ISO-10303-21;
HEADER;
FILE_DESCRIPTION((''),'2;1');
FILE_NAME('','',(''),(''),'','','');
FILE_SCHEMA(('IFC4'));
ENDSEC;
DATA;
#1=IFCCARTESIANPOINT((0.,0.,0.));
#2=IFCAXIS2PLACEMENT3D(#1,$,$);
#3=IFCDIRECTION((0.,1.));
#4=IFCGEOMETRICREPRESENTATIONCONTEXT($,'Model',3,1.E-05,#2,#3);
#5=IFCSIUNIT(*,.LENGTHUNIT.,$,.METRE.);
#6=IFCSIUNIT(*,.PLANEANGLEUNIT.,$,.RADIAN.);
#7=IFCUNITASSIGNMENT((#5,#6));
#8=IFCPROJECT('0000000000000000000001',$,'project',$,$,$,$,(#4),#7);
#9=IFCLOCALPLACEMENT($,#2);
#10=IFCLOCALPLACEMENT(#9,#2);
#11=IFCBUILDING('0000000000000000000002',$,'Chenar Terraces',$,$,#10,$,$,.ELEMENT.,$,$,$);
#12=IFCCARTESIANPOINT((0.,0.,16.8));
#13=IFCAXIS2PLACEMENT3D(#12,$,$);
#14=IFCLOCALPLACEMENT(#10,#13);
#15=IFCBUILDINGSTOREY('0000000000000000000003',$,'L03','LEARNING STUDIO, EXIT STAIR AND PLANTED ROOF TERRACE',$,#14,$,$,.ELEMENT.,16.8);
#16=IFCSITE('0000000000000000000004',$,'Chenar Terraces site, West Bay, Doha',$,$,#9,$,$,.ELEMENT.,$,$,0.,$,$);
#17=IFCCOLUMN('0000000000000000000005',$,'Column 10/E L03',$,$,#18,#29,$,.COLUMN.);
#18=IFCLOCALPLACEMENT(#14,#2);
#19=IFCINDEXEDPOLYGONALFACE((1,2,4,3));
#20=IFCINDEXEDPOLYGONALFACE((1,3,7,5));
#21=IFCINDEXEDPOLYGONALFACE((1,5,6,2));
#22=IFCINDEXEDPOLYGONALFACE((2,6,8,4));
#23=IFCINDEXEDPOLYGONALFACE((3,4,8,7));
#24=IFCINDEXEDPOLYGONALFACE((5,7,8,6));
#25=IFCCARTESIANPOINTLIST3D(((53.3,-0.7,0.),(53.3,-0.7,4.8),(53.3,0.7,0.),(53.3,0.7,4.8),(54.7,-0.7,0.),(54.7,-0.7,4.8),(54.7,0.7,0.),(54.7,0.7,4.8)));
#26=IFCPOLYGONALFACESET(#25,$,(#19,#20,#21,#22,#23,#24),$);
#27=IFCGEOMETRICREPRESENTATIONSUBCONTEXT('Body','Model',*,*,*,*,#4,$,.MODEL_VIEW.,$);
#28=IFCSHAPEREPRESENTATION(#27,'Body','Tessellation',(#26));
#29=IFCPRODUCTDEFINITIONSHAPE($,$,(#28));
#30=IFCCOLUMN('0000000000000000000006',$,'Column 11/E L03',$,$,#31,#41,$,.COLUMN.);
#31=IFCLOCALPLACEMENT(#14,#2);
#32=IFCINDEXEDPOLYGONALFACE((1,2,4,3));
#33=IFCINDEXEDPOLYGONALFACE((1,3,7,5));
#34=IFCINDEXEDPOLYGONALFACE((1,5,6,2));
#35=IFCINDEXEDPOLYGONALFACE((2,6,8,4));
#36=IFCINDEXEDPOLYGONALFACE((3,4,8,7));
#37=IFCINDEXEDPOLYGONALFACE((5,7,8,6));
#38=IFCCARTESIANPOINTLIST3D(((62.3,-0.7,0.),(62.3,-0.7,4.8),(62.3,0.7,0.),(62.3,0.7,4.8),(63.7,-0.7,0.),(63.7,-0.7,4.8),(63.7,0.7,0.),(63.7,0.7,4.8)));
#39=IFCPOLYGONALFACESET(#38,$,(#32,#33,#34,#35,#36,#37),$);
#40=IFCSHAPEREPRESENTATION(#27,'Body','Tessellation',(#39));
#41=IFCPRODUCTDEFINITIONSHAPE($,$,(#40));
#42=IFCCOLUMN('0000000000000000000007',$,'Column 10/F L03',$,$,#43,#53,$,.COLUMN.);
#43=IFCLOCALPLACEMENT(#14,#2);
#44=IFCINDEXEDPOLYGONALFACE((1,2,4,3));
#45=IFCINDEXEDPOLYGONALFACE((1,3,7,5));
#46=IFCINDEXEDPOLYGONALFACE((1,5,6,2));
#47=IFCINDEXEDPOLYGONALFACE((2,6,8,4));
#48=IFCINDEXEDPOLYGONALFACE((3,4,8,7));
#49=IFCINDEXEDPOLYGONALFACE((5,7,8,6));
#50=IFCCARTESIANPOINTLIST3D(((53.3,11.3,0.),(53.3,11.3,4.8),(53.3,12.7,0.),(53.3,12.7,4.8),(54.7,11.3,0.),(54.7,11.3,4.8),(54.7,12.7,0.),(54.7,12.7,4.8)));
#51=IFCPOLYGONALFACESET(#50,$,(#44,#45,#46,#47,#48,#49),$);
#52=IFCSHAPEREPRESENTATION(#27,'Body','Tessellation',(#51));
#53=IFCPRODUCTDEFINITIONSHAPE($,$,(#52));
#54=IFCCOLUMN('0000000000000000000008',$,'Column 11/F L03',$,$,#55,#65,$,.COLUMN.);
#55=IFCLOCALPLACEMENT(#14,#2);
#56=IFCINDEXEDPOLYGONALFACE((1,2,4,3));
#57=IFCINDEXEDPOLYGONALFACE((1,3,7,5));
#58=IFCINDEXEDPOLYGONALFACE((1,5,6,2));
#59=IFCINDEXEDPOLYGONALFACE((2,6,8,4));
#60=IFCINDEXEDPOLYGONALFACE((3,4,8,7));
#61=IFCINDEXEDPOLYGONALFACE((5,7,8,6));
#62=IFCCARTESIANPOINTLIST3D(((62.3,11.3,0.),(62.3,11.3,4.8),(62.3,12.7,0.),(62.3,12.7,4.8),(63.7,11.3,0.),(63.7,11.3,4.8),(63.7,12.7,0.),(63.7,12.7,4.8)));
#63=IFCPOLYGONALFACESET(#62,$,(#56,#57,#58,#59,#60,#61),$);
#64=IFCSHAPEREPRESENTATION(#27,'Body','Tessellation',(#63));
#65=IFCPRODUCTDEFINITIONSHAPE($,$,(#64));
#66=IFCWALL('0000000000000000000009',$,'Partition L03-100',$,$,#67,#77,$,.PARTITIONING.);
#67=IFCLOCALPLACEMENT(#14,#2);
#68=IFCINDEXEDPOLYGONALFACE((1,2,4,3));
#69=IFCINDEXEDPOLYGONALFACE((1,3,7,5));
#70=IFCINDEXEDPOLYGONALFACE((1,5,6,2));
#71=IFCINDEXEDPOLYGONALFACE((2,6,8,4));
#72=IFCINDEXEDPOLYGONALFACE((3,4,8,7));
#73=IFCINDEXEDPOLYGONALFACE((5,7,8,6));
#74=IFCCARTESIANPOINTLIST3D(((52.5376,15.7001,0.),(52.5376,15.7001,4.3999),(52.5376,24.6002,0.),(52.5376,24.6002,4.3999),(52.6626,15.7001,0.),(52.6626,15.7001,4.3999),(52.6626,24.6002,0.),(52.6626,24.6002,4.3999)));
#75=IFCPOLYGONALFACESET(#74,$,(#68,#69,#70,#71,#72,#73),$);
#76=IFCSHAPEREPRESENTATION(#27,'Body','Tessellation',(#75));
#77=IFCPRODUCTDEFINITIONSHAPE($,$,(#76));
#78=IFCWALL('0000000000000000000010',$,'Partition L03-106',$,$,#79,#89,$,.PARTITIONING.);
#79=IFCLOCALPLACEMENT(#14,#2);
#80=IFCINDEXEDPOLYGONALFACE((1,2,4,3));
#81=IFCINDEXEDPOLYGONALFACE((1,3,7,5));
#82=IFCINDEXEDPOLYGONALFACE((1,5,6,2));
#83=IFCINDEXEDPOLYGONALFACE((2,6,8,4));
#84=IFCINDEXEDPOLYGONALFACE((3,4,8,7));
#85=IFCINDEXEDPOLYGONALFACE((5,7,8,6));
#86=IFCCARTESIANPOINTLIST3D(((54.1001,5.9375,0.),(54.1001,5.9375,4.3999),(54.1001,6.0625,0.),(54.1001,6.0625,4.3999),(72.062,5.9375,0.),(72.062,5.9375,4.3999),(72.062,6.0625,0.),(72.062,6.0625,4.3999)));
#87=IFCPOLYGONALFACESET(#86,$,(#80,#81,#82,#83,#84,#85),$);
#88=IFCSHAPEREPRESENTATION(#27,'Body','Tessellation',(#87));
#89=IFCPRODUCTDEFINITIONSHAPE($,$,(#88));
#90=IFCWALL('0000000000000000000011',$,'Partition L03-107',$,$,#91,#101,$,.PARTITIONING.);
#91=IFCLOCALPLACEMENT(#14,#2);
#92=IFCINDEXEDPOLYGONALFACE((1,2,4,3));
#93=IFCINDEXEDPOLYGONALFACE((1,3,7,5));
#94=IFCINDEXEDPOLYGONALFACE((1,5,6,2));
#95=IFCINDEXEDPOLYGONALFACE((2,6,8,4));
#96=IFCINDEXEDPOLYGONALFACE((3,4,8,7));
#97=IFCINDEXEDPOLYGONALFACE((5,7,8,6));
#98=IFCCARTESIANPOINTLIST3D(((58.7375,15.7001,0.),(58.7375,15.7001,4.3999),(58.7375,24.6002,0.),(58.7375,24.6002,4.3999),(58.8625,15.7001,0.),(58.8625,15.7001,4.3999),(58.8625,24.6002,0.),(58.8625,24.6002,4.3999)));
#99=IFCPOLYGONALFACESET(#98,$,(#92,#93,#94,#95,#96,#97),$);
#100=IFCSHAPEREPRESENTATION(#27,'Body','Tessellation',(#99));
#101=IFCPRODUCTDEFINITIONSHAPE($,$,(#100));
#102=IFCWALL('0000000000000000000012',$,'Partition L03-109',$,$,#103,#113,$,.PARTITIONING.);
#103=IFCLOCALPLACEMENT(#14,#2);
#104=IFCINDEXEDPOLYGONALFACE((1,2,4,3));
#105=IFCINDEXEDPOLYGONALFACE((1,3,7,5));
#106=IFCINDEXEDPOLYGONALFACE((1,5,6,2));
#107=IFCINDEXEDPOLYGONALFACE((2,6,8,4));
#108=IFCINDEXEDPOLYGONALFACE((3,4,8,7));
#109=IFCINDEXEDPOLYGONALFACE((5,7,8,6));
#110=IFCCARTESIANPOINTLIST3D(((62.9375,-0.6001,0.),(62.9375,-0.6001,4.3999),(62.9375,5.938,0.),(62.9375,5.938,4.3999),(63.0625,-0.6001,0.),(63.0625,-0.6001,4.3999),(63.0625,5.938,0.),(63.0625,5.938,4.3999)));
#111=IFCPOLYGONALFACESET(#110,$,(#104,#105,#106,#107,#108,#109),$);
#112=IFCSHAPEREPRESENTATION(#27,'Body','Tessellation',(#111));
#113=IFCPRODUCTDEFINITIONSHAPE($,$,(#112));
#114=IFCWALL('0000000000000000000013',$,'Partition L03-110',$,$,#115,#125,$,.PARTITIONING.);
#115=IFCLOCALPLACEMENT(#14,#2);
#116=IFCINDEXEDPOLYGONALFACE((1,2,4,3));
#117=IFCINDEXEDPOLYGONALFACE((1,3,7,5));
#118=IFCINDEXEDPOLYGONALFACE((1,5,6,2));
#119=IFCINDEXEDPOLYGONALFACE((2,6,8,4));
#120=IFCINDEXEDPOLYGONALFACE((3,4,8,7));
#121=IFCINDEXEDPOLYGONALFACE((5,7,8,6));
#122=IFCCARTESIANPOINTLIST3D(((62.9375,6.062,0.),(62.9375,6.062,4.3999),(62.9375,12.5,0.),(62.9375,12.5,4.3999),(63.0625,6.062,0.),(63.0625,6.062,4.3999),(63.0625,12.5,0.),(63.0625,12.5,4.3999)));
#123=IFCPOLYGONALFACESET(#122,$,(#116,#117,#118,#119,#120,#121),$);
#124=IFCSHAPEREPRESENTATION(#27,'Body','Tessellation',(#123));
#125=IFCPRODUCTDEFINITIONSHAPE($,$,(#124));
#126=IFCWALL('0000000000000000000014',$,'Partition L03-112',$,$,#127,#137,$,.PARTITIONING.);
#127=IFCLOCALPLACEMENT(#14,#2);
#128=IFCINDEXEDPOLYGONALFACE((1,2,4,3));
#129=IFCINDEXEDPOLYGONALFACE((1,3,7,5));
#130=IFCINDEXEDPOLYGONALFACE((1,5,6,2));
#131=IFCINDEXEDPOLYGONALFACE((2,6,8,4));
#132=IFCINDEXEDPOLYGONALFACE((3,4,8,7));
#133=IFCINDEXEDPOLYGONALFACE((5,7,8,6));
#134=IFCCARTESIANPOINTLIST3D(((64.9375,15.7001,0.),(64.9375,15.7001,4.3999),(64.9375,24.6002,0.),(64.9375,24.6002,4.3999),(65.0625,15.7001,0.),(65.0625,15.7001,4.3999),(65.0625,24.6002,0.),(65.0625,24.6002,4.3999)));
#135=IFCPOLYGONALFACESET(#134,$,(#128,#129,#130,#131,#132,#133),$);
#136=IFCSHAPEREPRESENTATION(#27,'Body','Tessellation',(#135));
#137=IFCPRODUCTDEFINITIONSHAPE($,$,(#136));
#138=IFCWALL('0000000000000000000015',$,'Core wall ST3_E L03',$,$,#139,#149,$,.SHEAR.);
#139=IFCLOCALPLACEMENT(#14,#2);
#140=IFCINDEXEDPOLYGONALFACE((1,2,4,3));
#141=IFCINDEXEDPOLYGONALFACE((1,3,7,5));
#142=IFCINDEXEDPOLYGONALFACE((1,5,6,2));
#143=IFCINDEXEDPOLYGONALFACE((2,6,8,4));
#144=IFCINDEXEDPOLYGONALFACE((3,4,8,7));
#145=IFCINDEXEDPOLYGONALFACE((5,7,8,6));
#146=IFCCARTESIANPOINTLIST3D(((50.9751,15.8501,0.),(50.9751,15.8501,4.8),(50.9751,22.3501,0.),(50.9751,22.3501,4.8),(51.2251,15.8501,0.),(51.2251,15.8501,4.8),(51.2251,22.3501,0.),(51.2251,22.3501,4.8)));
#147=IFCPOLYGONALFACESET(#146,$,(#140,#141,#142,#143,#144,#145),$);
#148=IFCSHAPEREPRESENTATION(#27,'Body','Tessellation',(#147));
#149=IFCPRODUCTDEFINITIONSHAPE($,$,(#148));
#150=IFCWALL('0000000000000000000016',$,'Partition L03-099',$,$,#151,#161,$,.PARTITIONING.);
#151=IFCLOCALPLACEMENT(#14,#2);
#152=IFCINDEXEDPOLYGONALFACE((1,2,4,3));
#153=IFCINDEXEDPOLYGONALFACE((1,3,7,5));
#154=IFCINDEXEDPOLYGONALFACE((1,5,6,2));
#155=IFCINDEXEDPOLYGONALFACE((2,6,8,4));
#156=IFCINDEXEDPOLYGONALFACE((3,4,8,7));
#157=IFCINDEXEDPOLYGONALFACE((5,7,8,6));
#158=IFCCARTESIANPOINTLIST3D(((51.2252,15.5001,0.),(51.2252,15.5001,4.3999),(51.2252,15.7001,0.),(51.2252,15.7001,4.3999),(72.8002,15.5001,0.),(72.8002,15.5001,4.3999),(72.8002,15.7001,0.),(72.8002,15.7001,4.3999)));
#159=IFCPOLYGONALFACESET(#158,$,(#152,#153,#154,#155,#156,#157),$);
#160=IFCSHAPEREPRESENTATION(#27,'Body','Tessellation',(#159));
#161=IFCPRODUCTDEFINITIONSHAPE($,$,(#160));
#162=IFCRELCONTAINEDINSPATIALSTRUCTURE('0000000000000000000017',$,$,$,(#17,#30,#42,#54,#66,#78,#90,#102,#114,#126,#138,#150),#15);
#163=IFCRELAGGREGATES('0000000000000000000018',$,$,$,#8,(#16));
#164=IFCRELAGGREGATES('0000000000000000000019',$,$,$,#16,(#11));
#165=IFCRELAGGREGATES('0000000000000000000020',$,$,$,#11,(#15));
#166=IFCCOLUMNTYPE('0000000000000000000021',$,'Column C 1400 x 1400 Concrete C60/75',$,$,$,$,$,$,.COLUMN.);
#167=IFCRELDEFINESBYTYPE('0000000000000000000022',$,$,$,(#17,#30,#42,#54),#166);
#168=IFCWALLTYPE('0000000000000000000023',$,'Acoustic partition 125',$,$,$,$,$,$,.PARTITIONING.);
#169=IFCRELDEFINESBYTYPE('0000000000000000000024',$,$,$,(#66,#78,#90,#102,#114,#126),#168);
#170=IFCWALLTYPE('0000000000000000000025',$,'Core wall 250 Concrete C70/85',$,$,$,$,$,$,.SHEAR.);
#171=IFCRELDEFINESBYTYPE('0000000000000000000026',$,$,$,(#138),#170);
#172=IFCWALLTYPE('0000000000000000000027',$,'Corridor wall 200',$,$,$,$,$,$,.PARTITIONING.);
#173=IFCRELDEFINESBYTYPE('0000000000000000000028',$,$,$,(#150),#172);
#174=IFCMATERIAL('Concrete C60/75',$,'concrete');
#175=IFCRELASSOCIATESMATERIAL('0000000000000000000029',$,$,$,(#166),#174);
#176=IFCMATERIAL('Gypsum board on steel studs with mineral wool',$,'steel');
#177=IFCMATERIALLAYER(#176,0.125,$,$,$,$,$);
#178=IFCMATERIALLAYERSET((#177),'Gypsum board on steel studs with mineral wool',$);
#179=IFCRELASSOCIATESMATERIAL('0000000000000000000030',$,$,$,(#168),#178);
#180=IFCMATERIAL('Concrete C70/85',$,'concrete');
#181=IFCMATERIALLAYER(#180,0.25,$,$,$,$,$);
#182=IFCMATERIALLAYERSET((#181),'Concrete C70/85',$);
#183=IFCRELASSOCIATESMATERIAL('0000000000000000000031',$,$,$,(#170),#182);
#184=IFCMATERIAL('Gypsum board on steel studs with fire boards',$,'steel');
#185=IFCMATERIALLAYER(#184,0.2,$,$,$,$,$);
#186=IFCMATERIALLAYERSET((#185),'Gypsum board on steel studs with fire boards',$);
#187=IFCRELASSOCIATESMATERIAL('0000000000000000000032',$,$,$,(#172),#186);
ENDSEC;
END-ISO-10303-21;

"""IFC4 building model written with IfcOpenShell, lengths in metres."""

from ifc_helpers import new_model, si_unit, direction, frame, frame_2d, origin, origin_2d, place, context, subcontext, project, spatial, rectangle, extrude, material, layer, layer_set, material_profile, profile_set, type_object, element, save


model = new_model("IFC4")

# Units and contexts
model_context = context("Model", 3, precision=1e-05, world=origin(), true_north=direction((0.0, 1.0)))
body_context = subcontext(model_context, "Body", "Model", "MODEL_VIEW")
ifc_project = project(units=[si_unit("LENGTHUNIT", "METRE"), si_unit("PLANEANGLEUNIT", "RADIAN")], contexts=[model_context])

# Site, building, storey
site_placement = place(None, origin())
site = spatial("IfcSite", under=ifc_project, at=site_placement, Name="Chenar Terraces site, West Bay, Doha", CompositionType="ELEMENT", RefElevation=0.0)
building_placement = place(site_placement, origin())
building = spatial("IfcBuilding", under=site, at=building_placement, Name="Chenar Terraces", CompositionType="ELEMENT")
storey_placement = place(building_placement, frame((0.0, 0.0, 16.8)))
storey = spatial("IfcBuildingStorey", under=building, at=storey_placement, Name="L03", Description="LEARNING STUDIO, EXIT STAIR AND PLANTED ROOF TERRACE", CompositionType="ELEMENT", Elevation=16.8)

# Columns
ifc_material_1 = material(Name="Concrete C60/75", Category="concrete")
ifc_material_profile = material_profile(ifc_material_1, rectangle(XDim=1.3999, YDim=1.3999, at=origin_2d()), Name="C 1400 x 1400")
ifc_profile_set = profile_set([ifc_material_profile], Name="Concrete C60/75")
column_type = type_object("IfcColumnType", Name="Column C 1400 x 1400 Concrete C60/75", PredefinedType="COLUMN", material=ifc_profile_set)
for number, where, z_axis, x_axis, name in (
    (1, (54.0, 0.0, 0.0), (0.0, 0.0, 1.0), (1.0, 0.0, 0.0), "Column 10/E L03"),
    (2, (63.0, 0.0, 0.0), (0.0, 0.0, 1.0), (1.0, 0.0, 0.0), "Column 11/E L03"),
    (3, (54.0, 12.0, 0.0), (0.0, 0.0, 1.0), (1.0, 0.0, 0.0), "Column 10/F L03"),
    (4, (63.0, 12.0, 0.0), (0.0, 0.0, 1.0), (1.0, 0.0, 0.0), "Column 11/F L03"),
):
    element("IfcColumn", number, at=place(storey_placement, frame(where, z_axis=z_axis, x_axis=x_axis)), inside=storey, type_object=column_type, Name=name, PredefinedType="COLUMN", context=body_context, shape_type="SweptSolid", body=[
        extrude(rectangle(XDim=1.3999, YDim=1.3999, at=origin_2d()), origin(), (0.0, 0.0, 1.0), 4.8),
    ])

# Walls
ifc_material_2 = material(Name="Gypsum board on steel studs with mineral wool", Category="steel")
ifc_layer_1 = layer(ifc_material_2, 0.125)
ifc_layer_set_1 = layer_set([ifc_layer_1], Name="Gypsum board on steel studs with mineral wool")
wall_type_1 = type_object("IfcWallType", Name="Acoustic partition 125", PredefinedType="PARTITIONING", material=ifc_layer_set_1)
wall_1_placement = place(storey_placement, frame((52.6001, 15.7, 0.0), z_axis=(0.0, 0.0, 1.0), x_axis=(0.0, 1.0, 0.0)))
element("IfcWall", 5, at=wall_1_placement, inside=storey, type_object=wall_type_1, Name="Partition L03-100", PredefinedType="PARTITIONING", context=body_context, shape_type="SweptSolid", body=[
    extrude(rectangle(XDim=8.9001, YDim=0.125, at=frame_2d((4.4502, 0.0))), origin(), (0.0, 0.0, 1.0), 4.3999),
])
wall_2_placement = place(storey_placement, frame((54.1001, 6.0, 0.0), z_axis=(0.0, 0.0, 1.0), x_axis=(1.0, 0.0, 0.0)))
element("IfcWall", 6, at=wall_2_placement, inside=storey, type_object=wall_type_1, Name="Partition L03-106", PredefinedType="PARTITIONING", context=body_context, shape_type="SweptSolid", body=[
    extrude(rectangle(XDim=17.9619, YDim=0.125, at=frame_2d((8.981, 0.0))), origin(), (0.0, 0.0, 1.0), 4.3999),
])
wall_3_placement = place(storey_placement, frame((58.8, 15.7, 0.0), z_axis=(0.0, 0.0, 1.0), x_axis=(0.0, 1.0, 0.0)))
element("IfcWall", 7, at=wall_3_placement, inside=storey, type_object=wall_type_1, Name="Partition L03-107", PredefinedType="PARTITIONING", context=body_context, shape_type="SweptSolid", body=[
    extrude(rectangle(XDim=8.9001, YDim=0.125, at=frame_2d((4.4502, 0.0))), origin(), (0.0, 0.0, 1.0), 4.3999),
])
wall_4_placement = place(storey_placement, frame((63.0, -0.6001, 0.0), z_axis=(0.0, 0.0, 1.0), x_axis=(0.0, 1.0, 0.0)))
element("IfcWall", 8, at=wall_4_placement, inside=storey, type_object=wall_type_1, Name="Partition L03-109", PredefinedType="PARTITIONING", context=body_context, shape_type="SweptSolid", body=[
    extrude(rectangle(XDim=6.5381, YDim=0.125, at=frame_2d((3.269, 0.0))), origin(), (0.0, 0.0, 1.0), 4.3999),
])
wall_5_placement = place(storey_placement, frame((63.0, 6.062, 0.0), z_axis=(0.0, 0.0, 1.0), x_axis=(0.0, 1.0, 0.0)))
element("IfcWall", 9, at=wall_5_placement, inside=storey, type_object=wall_type_1, Name="Partition L03-110", PredefinedType="PARTITIONING", context=body_context, shape_type="SweptSolid", body=[
    extrude(rectangle(XDim=6.438, YDim=0.125, at=frame_2d((3.219, 0.0))), origin(), (0.0, 0.0, 1.0), 4.3999),
])
wall_6_placement = place(storey_placement, frame((65.0, 15.7, 0.0), z_axis=(0.0, 0.0, 1.0), x_axis=(0.0, 1.0, 0.0)))
element("IfcWall", 10, at=wall_6_placement, inside=storey, type_object=wall_type_1, Name="Partition L03-112", PredefinedType="PARTITIONING", context=body_context, shape_type="SweptSolid", body=[
    extrude(rectangle(XDim=8.9001, YDim=0.125, at=frame_2d((4.4502, 0.0))), origin(), (0.0, 0.0, 1.0), 4.3999),
])
ifc_material_3 = material(Name="Concrete C70/85", Category="concrete")
ifc_layer_2 = layer(ifc_material_3, 0.25)
ifc_layer_set_2 = layer_set([ifc_layer_2], Name="Concrete C70/85")
wall_type_2 = type_object("IfcWallType", Name="Core wall 250 Concrete C70/85", PredefinedType="SHEAR", material=ifc_layer_set_2)
wall_7_placement = place(storey_placement, frame((51.1001, 15.8501, 0.0), z_axis=(0.0, 0.0, 1.0), x_axis=(0.0, 1.0, 0.0)))
element("IfcWall", 11, at=wall_7_placement, inside=storey, type_object=wall_type_2, Name="Core wall ST3_E L03", PredefinedType="SHEAR", context=body_context, shape_type="SweptSolid", body=[
    extrude(rectangle(XDim=6.5, YDim=0.25, at=frame_2d((3.25, 0.0))), origin(), (0.0, 0.0, 1.0), 4.8),
])
ifc_material_4 = material(Name="Gypsum board on steel studs with fire boards", Category="steel")
ifc_layer_3 = layer(ifc_material_4, 0.2)
ifc_layer_set_3 = layer_set([ifc_layer_3], Name="Gypsum board on steel studs with fire boards")
wall_type_3 = type_object("IfcWallType", Name="Corridor wall 200", PredefinedType="PARTITIONING", material=ifc_layer_set_3)
wall_8_placement = place(storey_placement, frame((51.2251, 15.6001, 0.0), z_axis=(0.0, 0.0, 1.0), x_axis=(1.0, 0.0, 0.0)))
element("IfcWall", 12, at=wall_8_placement, inside=storey, type_object=wall_type_3, Name="Partition L03-099", PredefinedType="PARTITIONING", context=body_context, shape_type="SweptSolid", body=[
    extrude(rectangle(XDim=21.575, YDim=0.2, at=frame_2d((10.7876, 0.0))), origin(), (0.0, 0.0, 1.0), 4.3999),
])

save(model, "model.ifc")
